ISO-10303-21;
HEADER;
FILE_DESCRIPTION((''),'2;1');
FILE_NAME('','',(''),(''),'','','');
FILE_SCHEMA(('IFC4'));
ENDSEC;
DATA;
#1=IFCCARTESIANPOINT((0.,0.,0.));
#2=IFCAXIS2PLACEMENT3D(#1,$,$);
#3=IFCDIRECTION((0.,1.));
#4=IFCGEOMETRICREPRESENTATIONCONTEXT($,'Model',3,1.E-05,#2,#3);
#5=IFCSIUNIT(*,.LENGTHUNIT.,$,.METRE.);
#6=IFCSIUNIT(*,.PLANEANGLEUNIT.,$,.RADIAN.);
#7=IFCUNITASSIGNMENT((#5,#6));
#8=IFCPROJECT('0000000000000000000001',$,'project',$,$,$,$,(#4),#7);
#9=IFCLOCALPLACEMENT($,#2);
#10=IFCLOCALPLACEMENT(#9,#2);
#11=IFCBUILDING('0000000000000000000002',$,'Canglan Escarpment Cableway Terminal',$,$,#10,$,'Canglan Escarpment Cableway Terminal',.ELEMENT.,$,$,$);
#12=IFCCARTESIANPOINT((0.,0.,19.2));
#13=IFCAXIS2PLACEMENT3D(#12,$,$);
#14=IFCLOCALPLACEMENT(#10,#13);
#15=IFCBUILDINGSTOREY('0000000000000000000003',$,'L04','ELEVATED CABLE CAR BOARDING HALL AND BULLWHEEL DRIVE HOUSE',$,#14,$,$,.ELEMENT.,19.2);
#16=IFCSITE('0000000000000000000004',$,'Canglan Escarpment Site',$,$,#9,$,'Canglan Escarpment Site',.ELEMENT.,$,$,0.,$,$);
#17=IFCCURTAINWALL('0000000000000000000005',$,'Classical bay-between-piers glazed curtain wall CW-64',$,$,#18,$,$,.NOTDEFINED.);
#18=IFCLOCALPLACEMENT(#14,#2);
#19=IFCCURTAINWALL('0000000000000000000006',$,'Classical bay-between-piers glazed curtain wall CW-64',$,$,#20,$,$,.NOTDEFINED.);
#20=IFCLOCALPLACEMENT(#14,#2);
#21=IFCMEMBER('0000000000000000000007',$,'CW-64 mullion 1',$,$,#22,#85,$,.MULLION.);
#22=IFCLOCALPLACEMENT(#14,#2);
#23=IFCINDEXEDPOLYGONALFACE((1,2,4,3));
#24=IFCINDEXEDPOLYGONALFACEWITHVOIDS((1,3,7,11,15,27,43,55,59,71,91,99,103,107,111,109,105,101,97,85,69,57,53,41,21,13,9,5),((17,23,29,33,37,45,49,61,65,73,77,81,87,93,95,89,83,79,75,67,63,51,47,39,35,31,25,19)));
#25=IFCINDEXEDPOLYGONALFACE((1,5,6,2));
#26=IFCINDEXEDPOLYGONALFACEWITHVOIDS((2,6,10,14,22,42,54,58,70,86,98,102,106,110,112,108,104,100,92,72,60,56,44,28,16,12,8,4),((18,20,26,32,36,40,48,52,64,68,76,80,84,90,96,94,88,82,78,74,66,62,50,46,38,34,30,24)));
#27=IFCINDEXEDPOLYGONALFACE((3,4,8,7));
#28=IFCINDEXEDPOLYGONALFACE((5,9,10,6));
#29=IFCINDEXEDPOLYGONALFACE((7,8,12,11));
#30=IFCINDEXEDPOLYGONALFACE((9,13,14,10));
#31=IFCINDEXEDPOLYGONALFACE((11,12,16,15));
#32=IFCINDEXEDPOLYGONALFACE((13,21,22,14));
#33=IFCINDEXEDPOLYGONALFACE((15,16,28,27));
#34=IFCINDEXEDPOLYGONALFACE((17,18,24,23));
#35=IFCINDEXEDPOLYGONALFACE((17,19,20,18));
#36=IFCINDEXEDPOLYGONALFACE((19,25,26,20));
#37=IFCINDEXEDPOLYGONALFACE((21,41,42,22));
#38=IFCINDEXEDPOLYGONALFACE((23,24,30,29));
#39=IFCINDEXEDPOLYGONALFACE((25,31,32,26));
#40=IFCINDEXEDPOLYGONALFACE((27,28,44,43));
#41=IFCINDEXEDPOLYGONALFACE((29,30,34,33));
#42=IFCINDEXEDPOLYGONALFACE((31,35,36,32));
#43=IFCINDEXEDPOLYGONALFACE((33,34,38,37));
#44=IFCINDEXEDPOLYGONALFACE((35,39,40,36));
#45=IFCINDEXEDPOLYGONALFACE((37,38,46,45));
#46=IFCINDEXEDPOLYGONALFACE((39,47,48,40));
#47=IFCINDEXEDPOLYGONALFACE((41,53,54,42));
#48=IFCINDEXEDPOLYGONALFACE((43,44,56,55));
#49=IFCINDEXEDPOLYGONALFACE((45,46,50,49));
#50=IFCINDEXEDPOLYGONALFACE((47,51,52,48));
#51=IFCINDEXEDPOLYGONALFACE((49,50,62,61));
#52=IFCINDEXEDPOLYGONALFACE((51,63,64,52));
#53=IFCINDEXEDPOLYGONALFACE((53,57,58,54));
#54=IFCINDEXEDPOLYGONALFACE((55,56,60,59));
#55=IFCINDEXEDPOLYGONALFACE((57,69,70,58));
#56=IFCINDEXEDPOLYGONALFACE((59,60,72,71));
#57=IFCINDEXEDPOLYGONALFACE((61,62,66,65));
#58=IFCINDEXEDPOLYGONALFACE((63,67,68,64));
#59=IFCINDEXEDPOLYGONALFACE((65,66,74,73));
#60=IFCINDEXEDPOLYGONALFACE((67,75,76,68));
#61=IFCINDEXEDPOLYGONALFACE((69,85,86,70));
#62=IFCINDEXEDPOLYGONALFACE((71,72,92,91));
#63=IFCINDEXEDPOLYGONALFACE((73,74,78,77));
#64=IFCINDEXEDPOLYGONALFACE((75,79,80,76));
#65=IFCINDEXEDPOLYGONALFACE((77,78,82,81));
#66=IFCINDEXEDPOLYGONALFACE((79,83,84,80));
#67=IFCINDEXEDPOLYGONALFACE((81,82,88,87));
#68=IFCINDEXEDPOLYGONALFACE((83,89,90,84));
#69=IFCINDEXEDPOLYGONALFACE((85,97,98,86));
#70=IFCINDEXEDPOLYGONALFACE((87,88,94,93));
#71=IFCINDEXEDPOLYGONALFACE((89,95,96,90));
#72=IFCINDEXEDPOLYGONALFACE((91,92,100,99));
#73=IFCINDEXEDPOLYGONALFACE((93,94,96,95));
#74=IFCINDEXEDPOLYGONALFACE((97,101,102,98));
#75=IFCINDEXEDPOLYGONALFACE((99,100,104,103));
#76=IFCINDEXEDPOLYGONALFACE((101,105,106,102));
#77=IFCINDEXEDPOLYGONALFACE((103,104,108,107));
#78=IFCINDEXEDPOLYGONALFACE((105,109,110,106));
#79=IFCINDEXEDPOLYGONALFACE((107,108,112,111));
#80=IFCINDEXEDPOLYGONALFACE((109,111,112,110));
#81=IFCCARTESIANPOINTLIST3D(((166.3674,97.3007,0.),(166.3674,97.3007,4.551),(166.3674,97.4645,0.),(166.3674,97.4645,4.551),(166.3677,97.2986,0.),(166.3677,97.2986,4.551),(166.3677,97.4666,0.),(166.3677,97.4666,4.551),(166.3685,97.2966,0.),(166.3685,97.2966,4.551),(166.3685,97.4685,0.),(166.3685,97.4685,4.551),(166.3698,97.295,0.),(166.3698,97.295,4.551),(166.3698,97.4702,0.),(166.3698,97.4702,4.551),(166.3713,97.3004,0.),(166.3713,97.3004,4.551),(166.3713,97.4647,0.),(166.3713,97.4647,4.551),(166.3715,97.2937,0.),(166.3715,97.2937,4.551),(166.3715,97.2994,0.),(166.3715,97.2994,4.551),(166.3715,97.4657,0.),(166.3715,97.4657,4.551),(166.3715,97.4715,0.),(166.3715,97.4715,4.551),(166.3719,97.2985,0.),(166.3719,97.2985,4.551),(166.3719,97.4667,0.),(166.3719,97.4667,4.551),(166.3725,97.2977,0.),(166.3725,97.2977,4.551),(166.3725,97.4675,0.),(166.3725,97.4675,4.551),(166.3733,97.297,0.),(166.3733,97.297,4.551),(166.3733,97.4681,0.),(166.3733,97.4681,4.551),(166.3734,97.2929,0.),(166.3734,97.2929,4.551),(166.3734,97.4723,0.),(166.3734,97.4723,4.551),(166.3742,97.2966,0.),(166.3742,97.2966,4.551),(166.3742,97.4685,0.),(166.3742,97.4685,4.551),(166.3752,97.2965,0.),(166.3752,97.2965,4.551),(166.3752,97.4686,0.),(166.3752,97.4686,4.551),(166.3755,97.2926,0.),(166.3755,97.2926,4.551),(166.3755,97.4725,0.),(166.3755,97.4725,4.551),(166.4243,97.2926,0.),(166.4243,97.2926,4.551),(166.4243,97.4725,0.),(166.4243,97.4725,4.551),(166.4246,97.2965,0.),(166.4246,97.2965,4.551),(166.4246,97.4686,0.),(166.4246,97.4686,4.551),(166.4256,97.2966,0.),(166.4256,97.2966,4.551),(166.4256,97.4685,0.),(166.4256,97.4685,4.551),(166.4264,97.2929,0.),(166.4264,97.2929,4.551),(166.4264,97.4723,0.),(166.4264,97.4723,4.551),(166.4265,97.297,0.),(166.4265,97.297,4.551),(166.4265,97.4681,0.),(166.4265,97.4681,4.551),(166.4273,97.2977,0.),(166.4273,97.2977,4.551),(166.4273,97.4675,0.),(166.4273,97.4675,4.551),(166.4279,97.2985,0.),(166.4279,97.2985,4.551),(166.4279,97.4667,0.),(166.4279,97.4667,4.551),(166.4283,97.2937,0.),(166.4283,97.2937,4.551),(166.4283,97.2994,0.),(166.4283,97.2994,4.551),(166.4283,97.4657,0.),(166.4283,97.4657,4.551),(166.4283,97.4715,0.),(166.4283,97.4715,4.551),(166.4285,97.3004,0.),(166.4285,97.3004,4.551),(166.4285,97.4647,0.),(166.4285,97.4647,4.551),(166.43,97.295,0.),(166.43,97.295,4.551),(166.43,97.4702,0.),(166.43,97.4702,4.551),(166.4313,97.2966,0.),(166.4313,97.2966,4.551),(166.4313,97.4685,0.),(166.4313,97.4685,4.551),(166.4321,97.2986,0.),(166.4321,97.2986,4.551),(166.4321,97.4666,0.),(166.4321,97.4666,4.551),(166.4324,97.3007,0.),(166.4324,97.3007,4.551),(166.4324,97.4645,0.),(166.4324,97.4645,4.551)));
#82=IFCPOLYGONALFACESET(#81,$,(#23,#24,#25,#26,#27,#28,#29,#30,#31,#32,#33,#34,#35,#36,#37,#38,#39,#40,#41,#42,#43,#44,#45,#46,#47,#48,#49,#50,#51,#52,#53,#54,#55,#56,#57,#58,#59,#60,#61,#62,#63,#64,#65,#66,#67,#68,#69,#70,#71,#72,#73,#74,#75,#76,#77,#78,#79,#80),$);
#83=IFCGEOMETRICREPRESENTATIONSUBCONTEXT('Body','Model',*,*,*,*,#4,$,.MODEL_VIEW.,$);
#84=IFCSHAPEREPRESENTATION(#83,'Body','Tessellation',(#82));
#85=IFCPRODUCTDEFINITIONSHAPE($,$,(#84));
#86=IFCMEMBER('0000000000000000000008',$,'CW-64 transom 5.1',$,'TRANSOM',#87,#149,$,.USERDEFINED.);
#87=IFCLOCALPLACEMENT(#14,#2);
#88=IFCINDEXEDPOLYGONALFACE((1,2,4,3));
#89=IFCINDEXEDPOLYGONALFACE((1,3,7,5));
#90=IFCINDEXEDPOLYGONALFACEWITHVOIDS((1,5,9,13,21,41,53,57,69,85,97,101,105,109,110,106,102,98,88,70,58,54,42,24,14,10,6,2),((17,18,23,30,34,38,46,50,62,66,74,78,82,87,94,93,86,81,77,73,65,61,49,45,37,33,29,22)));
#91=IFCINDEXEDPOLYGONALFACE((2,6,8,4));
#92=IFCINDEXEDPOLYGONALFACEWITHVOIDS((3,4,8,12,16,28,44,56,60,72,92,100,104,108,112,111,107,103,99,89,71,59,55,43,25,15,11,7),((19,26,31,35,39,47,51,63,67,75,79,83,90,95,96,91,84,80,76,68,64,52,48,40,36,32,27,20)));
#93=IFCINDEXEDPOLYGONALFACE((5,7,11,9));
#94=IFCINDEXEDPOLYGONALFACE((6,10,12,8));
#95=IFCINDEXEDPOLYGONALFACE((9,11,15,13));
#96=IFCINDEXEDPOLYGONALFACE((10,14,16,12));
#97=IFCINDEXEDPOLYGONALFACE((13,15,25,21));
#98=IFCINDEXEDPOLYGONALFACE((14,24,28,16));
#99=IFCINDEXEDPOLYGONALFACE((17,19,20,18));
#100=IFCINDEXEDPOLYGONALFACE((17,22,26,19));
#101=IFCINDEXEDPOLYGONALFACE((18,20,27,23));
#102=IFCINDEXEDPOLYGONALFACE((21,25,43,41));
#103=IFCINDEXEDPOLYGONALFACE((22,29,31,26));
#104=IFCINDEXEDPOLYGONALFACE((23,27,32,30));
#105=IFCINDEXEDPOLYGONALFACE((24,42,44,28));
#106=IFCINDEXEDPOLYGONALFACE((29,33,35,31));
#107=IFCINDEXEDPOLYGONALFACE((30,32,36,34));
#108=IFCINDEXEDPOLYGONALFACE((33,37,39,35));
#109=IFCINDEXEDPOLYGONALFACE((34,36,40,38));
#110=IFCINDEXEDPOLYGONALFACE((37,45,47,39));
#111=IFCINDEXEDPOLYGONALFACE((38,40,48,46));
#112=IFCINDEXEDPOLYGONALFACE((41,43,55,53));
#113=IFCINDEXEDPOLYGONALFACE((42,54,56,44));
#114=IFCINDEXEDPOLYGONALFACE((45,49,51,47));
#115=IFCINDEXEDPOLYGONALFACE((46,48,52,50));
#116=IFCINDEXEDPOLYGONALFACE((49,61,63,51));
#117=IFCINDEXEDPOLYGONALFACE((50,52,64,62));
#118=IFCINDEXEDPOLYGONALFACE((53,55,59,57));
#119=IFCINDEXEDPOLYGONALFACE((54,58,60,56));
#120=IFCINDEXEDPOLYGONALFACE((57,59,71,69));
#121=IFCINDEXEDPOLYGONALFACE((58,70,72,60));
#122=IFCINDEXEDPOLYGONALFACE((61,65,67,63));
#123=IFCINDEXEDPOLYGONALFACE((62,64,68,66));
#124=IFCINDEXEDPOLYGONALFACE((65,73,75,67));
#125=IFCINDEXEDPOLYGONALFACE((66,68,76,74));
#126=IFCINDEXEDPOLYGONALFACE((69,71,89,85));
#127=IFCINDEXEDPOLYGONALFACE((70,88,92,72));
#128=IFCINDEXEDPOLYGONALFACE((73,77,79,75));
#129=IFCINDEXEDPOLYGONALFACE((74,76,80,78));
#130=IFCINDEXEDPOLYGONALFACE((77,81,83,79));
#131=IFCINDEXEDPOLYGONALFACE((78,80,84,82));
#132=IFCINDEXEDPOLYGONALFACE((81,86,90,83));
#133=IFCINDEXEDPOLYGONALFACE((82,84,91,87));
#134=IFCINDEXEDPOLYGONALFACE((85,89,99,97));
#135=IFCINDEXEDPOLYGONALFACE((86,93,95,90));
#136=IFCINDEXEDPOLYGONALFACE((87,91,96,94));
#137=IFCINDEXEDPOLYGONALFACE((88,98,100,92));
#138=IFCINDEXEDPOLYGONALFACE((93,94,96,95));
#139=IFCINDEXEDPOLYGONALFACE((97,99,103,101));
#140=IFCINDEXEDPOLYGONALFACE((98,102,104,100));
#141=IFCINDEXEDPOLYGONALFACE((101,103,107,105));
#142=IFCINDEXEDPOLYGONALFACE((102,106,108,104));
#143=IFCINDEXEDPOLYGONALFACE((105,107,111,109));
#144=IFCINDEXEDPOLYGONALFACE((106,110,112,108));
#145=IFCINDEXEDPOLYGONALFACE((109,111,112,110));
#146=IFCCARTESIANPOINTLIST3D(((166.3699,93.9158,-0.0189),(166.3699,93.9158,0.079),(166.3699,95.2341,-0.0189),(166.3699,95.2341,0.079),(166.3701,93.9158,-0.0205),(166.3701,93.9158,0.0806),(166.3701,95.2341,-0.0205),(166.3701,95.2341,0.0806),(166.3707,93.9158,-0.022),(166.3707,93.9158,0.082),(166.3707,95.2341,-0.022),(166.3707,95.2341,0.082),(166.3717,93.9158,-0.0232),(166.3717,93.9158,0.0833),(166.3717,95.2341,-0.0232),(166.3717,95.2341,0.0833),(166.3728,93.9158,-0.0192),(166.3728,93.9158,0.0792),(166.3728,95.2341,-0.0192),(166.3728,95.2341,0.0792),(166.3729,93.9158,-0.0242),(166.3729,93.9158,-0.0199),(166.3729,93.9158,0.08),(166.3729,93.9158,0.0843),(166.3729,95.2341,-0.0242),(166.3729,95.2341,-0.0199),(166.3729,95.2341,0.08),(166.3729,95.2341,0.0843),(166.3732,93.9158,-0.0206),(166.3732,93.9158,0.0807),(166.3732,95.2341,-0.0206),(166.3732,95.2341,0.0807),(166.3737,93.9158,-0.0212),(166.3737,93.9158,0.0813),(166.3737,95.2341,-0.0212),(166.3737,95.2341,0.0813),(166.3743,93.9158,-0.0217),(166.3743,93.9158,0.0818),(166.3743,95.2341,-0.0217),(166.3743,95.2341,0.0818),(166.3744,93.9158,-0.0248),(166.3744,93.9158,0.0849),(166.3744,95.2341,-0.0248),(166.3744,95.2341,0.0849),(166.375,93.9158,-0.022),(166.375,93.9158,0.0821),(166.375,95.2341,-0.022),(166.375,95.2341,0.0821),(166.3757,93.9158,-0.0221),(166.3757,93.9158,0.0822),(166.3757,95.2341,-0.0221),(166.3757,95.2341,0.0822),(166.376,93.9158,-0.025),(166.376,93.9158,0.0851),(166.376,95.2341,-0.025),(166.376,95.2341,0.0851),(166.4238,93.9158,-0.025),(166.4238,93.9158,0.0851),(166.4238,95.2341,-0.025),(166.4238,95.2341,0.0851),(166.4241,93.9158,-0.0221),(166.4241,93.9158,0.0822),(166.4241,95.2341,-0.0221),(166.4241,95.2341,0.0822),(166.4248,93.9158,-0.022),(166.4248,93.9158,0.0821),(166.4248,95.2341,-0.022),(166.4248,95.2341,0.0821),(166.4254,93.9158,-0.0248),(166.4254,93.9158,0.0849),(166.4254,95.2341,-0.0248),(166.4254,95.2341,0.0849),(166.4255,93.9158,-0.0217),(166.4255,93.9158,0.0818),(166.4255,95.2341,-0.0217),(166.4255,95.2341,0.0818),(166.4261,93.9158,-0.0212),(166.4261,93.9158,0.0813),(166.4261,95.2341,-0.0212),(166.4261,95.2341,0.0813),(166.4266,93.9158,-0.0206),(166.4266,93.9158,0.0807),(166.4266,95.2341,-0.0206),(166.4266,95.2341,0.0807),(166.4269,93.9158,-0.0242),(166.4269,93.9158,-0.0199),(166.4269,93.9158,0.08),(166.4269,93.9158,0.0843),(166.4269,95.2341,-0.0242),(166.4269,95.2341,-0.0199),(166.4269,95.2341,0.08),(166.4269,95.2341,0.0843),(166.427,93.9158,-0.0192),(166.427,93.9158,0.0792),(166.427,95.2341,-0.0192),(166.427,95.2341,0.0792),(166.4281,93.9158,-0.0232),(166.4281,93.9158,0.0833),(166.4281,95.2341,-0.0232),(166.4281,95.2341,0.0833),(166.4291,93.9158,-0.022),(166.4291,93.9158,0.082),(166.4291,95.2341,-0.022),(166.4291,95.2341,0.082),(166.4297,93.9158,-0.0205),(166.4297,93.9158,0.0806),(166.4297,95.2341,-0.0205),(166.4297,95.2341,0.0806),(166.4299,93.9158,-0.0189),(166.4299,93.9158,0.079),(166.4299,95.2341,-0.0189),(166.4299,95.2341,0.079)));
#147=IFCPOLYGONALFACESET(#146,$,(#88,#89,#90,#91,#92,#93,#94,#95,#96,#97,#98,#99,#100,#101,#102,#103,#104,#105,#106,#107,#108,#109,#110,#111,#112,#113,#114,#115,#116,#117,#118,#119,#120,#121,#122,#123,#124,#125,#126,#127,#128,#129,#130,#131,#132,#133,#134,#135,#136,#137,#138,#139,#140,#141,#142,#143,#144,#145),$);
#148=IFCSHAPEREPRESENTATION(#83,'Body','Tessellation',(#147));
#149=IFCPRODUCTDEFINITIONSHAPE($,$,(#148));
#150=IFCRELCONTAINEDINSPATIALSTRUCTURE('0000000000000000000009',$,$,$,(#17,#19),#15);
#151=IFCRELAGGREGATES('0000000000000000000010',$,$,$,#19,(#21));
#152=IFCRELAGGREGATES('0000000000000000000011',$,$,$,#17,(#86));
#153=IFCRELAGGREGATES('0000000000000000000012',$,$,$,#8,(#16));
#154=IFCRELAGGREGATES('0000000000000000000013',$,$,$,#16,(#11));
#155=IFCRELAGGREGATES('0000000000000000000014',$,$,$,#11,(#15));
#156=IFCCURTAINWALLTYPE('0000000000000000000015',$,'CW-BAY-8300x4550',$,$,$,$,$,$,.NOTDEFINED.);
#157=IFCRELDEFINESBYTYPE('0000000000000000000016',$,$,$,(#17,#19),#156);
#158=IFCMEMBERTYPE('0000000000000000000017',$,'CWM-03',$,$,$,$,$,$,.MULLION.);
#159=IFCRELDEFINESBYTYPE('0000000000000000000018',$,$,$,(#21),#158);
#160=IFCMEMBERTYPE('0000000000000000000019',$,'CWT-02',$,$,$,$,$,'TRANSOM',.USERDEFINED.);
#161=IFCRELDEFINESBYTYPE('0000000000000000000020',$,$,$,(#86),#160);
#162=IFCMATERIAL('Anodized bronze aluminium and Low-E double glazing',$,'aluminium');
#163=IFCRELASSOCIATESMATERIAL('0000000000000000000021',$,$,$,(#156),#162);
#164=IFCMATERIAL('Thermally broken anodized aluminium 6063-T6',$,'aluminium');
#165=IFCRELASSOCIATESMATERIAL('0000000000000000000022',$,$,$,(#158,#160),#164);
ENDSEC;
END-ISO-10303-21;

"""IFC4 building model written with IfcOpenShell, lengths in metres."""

from ifc_helpers import new_model, si_unit, direction, frame, origin, origin_2d, place, context, subcontext, project, spatial, hollow_rectangle, extrude, material, material_profile, profile_set, type_object, element, aggregate, save


model = new_model("IFC4")

# Units and contexts
model_context = context("Model", 3, precision=1e-05, world=origin(), true_north=direction((0.0, 1.0)))
body_context = subcontext(model_context, "Body", "Model", "MODEL_VIEW")
ifc_project = project(units=[si_unit("LENGTHUNIT", "METRE"), si_unit("PLANEANGLEUNIT", "RADIAN")], contexts=[model_context])

# Site, building, storey
site_placement = place(None, origin())
site = spatial("IfcSite", under=ifc_project, at=site_placement, Name="Canglan Escarpment Site", LongName="Canglan Escarpment Site", CompositionType="ELEMENT", RefElevation=0.0)
building_placement = place(site_placement, origin())
building = spatial("IfcBuilding", under=site, at=building_placement, Name="Canglan Escarpment Cableway Terminal", LongName="Canglan Escarpment Cableway Terminal", CompositionType="ELEMENT")
storey_placement = place(building_placement, frame((0.0, 0.0, 19.2)))
storey = spatial("IfcBuildingStorey", under=building, at=storey_placement, Name="L04", Description="ELEVATED CABLE CAR BOARDING HALL AND BULLWHEEL DRIVE HOUSE", CompositionType="ELEMENT", Elevation=19.2)

# Curtain wall
ifc_material_1 = material(Name="Anodized bronze aluminium and Low-E double glazing", Category="aluminium")
curtain_wall_type = type_object("IfcCurtainWallType", Name="CW-BAY-8300x4550", PredefinedType="NOTDEFINED", material=ifc_material_1)
curtain_wall_1_placement = place(storey_placement, origin())
curtain_wall_1 = element("IfcCurtainWall", 1, at=curtain_wall_1_placement, inside=storey, type_object=curtain_wall_type, Name="Classical bay-between-piers glazed curtain wall CW-64", PredefinedType="NOTDEFINED")
ifc_material_2 = material(Name="Thermally broken anodized aluminium 6063-T6", Category="aluminium")

# Curtain wall, member
curtain_wall_2_placement = place(storey_placement, origin())
curtain_wall_2 = element("IfcCurtainWall", 2, at=curtain_wall_2_placement, inside=storey, type_object=curtain_wall_type, Name="Classical bay-between-piers glazed curtain wall CW-64", PredefinedType="NOTDEFINED")
ifc_material_profile_1 = material_profile(ifc_material_2, hollow_rectangle(XDim=0.0649, YDim=0.1799, WallThickness=0.0039, InnerFilletRadius=0.0039, OuterFilletRadius=0.0081, at=origin_2d()), Name="ALU-MULL 65x180x4")
ifc_profile_set_1 = profile_set([ifc_material_profile_1], Name="Thermally broken anodized aluminium 6063-T6")
member_type_1 = type_object("IfcMemberType", Name="CWM-03", PredefinedType="MULLION", material=ifc_profile_set_1)
member_1_placement = place(storey_placement, frame((166.3999, 97.3826, 0.0), z_axis=(0.0, 0.0, 1.0), x_axis=(-1.0, 0.0, 0.0)))
member_1 = element("IfcMember", 3, at=member_1_placement, type_object=member_type_1, Name="CW-64 mullion 1", PredefinedType="MULLION", context=body_context, shape_type="SweptSolid", body=[
    extrude(hollow_rectangle(XDim=0.0649, YDim=0.1799, WallThickness=0.0039, InnerFilletRadius=0.0039, OuterFilletRadius=0.0081, at=origin_2d()), origin(), (0.0, 0.0, 1.0), 4.551),
])

# Member
ifc_material_profile_2 = material_profile(ifc_material_2, hollow_rectangle(XDim=0.0601, YDim=0.1101, WallThickness=0.0029, InnerFilletRadius=0.0029, OuterFilletRadius=0.0061, at=origin_2d()), Name="ALU-TRAN 60x110x3")
ifc_profile_set_2 = profile_set([ifc_material_profile_2], Name="Thermally broken anodized aluminium 6063-T6")
member_type_2 = type_object("IfcMemberType", Name="CWT-02", ElementType="TRANSOM", PredefinedType="USERDEFINED", material=ifc_profile_set_2)
member_2_placement = place(storey_placement, frame((166.3999, 93.9158, 0.03), z_axis=(0.0, 1.0, 0.0), x_axis=(-1.0, 0.0, 0.0)))
member_2 = element("IfcMember", 4, at=member_2_placement, type_object=member_type_2, Name="CW-64 transom 5.1", ObjectType="TRANSOM", PredefinedType="USERDEFINED", context=body_context, shape_type="SweptSolid", body=[
    extrude(hollow_rectangle(XDim=0.0601, YDim=0.1101, WallThickness=0.0029, InnerFilletRadius=0.0029, OuterFilletRadius=0.0061, at=origin_2d()), origin(), (0.0, 0.0, 1.0), 1.3184),
])

aggregate(curtain_wall_2, [member_1])
aggregate(curtain_wall_1, [member_2])

save(model, "model.ifc")
